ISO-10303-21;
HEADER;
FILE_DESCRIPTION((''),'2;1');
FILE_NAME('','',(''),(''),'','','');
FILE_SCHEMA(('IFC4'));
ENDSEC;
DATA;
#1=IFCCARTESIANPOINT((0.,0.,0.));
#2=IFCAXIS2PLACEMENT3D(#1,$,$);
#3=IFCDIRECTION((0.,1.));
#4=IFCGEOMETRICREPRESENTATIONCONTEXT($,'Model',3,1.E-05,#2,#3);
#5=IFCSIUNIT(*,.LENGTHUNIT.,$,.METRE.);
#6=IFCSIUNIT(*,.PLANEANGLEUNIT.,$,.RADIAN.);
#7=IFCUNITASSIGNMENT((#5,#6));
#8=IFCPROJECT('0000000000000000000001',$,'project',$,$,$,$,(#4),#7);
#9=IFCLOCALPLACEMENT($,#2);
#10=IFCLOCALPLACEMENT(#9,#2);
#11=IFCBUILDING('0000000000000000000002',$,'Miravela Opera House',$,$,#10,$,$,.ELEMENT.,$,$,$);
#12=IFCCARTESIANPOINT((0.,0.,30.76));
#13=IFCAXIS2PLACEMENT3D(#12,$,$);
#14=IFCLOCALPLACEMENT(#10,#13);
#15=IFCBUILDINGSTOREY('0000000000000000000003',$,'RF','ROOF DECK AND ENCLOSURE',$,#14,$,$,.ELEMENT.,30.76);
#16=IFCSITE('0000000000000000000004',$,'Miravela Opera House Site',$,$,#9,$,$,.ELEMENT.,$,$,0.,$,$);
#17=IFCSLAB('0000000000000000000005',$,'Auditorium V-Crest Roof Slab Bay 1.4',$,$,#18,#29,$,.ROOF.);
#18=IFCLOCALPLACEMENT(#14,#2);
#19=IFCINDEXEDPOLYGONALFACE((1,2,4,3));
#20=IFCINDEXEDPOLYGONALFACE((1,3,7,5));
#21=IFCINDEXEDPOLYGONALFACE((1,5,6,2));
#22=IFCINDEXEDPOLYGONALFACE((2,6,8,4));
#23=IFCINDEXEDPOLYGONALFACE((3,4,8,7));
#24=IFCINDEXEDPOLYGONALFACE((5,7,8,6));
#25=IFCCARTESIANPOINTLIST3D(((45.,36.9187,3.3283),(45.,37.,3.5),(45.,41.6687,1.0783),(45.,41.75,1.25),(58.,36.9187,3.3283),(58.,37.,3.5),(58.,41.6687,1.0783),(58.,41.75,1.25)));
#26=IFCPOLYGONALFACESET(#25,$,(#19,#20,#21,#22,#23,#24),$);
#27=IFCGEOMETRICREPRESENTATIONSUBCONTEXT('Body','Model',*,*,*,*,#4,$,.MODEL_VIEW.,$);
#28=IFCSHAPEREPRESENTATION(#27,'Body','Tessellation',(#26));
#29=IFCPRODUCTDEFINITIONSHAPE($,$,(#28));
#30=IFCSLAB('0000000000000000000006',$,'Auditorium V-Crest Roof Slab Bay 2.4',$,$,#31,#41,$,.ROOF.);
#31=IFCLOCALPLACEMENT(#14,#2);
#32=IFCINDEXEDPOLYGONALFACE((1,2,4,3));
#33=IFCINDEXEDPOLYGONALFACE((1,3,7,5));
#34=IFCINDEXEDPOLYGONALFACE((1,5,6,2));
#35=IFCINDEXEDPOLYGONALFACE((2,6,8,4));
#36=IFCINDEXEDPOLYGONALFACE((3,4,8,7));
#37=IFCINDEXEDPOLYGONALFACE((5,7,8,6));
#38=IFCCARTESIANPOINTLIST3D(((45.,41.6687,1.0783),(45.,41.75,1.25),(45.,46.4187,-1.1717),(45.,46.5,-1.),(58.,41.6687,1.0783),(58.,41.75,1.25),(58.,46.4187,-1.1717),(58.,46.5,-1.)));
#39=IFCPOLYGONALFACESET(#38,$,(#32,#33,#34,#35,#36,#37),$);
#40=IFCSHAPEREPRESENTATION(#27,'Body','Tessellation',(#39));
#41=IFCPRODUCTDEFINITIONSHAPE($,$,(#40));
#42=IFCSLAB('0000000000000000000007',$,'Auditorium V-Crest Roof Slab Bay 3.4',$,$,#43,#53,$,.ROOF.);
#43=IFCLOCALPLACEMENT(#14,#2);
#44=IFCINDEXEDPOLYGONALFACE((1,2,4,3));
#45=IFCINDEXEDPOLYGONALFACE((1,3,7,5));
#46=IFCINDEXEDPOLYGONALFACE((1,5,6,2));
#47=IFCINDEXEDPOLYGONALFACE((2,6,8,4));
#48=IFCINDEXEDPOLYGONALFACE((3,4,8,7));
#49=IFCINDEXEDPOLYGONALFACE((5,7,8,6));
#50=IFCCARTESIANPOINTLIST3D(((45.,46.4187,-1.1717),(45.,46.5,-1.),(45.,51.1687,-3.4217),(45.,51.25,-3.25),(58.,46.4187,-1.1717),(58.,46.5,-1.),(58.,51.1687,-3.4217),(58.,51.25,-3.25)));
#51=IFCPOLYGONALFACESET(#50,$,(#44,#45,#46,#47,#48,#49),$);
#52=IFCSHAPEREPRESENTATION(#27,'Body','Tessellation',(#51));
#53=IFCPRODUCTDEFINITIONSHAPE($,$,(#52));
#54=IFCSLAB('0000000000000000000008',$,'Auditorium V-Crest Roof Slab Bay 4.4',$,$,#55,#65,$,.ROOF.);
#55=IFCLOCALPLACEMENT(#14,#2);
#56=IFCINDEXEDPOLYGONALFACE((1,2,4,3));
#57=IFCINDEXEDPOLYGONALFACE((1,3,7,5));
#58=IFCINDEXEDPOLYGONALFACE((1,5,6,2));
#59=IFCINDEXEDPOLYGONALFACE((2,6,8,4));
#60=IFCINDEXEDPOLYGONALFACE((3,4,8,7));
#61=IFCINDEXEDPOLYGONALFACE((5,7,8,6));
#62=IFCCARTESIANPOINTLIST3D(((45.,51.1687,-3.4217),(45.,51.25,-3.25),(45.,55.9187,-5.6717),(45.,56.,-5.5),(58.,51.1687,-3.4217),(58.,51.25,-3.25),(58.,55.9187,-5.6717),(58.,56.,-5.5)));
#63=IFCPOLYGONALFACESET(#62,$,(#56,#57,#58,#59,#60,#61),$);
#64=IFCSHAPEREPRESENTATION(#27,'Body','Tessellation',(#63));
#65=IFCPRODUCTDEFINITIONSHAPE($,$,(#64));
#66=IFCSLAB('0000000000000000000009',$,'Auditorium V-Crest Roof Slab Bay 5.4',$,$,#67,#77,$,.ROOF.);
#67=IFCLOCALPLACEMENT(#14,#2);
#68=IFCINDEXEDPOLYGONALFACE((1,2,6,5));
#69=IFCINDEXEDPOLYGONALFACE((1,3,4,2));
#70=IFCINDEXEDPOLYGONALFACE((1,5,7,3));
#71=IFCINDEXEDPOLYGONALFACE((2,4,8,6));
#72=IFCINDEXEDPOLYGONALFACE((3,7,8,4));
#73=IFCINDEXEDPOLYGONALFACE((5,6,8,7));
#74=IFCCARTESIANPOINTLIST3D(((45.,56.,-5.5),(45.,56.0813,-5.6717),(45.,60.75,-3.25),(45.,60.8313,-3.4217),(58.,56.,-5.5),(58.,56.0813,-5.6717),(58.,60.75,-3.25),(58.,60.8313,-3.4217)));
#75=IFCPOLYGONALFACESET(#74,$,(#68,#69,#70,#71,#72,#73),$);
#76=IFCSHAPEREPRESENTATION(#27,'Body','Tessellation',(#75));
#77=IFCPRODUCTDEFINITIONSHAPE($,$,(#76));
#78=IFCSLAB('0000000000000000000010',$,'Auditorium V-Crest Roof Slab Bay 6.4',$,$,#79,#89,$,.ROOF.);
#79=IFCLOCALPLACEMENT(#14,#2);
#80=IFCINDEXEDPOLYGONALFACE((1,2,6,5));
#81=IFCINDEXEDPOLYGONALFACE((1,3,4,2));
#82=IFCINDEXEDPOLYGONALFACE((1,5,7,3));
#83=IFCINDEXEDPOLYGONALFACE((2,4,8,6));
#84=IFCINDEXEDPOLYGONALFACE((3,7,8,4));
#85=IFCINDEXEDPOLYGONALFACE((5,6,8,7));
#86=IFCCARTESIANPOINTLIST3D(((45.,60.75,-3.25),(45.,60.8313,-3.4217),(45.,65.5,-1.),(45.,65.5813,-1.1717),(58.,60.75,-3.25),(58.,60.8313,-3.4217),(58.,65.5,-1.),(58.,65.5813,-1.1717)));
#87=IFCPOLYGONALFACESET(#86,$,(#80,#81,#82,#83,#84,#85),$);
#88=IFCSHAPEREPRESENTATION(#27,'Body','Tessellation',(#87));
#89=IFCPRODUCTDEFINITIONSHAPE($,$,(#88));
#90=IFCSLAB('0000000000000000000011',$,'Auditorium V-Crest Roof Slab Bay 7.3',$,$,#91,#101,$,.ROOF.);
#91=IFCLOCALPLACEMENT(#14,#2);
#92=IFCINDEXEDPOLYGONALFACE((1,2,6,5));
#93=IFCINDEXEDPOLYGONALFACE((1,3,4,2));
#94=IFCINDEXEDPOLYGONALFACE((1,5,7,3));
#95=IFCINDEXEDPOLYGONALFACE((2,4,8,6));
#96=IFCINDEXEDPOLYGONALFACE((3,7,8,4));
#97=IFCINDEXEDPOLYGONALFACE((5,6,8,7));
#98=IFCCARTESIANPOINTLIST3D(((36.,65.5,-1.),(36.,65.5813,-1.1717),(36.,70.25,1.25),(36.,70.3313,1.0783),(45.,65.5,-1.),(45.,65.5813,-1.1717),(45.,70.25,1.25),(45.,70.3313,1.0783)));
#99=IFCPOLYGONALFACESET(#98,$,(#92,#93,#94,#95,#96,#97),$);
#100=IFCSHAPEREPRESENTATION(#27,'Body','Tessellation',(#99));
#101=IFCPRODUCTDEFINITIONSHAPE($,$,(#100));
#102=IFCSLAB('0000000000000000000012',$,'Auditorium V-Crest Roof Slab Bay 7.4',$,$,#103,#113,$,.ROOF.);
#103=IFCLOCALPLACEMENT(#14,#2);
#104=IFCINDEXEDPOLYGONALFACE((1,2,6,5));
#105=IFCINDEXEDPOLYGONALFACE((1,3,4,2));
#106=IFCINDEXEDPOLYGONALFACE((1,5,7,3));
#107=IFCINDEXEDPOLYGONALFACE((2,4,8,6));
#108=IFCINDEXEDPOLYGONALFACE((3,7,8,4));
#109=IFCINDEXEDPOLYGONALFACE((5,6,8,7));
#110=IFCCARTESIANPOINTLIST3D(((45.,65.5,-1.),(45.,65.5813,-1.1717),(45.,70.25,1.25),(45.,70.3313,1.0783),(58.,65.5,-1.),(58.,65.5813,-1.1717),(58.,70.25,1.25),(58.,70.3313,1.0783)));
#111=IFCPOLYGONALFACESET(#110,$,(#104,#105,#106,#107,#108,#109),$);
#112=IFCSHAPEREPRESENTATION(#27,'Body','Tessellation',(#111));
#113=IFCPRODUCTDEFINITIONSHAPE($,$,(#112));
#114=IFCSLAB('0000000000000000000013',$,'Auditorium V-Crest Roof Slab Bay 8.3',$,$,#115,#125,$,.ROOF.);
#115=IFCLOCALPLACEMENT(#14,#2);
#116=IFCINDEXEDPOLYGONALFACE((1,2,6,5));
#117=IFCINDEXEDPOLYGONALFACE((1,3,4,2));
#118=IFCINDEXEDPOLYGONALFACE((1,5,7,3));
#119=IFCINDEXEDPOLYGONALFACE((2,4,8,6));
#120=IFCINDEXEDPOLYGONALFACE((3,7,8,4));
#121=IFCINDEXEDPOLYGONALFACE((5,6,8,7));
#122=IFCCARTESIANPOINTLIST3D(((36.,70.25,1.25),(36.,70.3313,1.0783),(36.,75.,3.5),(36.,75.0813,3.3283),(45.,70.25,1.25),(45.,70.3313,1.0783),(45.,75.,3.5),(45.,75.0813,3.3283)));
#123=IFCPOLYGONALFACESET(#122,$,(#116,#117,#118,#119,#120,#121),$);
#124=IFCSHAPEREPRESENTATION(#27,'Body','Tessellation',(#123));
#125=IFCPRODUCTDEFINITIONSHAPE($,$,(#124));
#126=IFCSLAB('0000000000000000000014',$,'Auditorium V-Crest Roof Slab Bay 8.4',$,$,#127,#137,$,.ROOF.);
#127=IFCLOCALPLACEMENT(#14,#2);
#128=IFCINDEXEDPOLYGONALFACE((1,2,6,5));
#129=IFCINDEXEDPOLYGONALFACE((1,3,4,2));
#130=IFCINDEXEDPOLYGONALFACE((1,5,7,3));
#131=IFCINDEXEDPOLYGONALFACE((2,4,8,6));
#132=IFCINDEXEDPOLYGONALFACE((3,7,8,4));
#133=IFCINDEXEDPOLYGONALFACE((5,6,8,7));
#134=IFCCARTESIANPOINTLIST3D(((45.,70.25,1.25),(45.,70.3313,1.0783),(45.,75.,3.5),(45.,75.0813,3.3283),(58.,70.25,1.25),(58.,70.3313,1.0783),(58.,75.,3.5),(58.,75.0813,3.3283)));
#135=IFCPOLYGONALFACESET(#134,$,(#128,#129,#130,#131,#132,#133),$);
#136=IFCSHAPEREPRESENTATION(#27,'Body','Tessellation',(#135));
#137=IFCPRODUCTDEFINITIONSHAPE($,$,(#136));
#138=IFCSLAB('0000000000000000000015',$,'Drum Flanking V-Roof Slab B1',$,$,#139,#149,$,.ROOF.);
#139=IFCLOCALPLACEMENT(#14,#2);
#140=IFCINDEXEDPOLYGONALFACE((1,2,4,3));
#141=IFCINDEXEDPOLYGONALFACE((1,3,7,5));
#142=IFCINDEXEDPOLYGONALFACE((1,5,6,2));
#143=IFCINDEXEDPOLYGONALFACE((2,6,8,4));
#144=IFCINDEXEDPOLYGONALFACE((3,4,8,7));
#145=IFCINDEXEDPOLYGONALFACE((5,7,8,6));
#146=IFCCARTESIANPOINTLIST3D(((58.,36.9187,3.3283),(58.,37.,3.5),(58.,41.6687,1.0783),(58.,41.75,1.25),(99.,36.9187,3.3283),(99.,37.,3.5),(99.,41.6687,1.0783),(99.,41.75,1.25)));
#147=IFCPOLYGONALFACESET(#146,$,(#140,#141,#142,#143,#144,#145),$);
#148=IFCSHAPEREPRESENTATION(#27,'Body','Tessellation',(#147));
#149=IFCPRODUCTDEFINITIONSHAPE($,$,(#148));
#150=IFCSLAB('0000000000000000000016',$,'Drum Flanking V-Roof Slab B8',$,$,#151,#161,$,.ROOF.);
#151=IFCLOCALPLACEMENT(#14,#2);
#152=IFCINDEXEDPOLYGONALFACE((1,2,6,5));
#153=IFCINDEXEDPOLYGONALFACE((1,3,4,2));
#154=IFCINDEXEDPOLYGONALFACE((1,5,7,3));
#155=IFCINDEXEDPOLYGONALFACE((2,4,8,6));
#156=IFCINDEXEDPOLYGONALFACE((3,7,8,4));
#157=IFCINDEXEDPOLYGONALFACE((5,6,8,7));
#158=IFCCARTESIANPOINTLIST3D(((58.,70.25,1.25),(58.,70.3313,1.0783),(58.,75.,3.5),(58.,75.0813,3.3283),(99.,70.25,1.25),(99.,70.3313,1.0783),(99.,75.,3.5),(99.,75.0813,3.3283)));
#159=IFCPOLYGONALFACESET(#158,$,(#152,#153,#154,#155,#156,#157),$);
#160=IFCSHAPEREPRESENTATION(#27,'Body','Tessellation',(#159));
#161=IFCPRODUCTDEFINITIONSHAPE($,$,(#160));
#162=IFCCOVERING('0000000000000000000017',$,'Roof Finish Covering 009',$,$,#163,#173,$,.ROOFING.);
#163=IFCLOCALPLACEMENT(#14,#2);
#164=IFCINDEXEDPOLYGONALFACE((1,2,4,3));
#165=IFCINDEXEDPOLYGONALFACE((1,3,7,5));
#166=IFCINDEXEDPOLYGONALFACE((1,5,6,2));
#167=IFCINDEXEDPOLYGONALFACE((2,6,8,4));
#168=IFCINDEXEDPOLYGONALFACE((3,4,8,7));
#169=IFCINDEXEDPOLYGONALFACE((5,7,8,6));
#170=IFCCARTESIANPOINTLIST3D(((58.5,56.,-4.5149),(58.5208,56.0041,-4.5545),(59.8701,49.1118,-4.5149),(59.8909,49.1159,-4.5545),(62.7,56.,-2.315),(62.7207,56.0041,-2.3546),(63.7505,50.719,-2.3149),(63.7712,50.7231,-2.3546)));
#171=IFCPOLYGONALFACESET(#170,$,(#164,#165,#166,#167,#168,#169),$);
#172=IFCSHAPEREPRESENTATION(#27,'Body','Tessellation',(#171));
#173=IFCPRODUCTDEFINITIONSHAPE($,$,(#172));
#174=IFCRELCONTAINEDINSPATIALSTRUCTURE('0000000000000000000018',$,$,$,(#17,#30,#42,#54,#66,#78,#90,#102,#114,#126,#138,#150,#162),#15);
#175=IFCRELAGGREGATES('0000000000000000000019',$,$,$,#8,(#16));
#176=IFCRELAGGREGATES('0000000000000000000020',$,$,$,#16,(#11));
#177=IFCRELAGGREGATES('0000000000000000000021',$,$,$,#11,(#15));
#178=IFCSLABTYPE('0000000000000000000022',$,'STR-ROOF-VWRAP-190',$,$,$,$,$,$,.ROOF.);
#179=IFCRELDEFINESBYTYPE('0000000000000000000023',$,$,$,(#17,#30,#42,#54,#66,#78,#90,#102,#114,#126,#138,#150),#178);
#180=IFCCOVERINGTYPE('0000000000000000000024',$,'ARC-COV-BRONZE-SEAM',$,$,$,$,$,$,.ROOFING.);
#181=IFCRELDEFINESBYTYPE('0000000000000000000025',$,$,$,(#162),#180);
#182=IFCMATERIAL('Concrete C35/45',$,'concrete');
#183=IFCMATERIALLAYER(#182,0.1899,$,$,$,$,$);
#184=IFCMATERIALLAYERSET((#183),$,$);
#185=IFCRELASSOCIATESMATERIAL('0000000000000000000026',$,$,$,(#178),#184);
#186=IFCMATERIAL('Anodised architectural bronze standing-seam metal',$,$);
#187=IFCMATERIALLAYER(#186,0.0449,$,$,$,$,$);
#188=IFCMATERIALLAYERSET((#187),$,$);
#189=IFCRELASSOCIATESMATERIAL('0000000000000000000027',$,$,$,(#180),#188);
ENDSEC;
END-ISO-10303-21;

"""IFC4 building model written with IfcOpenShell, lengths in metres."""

from ifc_helpers import new_model, si_unit, direction, frame, origin, place, context, subcontext, project, spatial, polyline, outline, extrude, material, layer, layer_set, type_object, element, save


model = new_model("IFC4")

# Units and contexts
model_context = context("Model", 3, precision=1e-05, world=origin(), true_north=direction((0.0, 1.0)))
body_context = subcontext(model_context, "Body", "Model", "MODEL_VIEW")
ifc_project = project(units=[si_unit("LENGTHUNIT", "METRE"), si_unit("PLANEANGLEUNIT", "RADIAN")], contexts=[model_context])

# Site, building, storey
site_placement = place(None, origin())
site = spatial("IfcSite", under=ifc_project, at=site_placement, Name="Miravela Opera House Site", CompositionType="ELEMENT", RefElevation=0.0)
building_placement = place(site_placement, origin())
building = spatial("IfcBuilding", under=site, at=building_placement, Name="Miravela Opera House", CompositionType="ELEMENT")
storey_placement = place(building_placement, frame((0.0, 0.0, 30.76)))
storey = spatial("IfcBuildingStorey", under=building, at=storey_placement, Name="RF", Description="ROOF DECK AND ENCLOSURE", CompositionType="ELEMENT", Elevation=30.76)

# Shared definitions
ifc_material_1 = material(Name="Concrete C35/45", Category="concrete")

# Slabs
ifc_layer_1 = layer(ifc_material_1, 0.1899)
ifc_layer_set_1 = layer_set([ifc_layer_1])
slab_type_1 = type_object("IfcSlabType", Name="STR-ROOF-VWRAP-190", PredefinedType="ROOF", material=ifc_layer_set_1)
for number, where, z_axis, x_axis, name in (
    (1, (45.0, 37.0, 3.5), (0.0, 0.428086, 0.903738), (1.0, 0.0, 0.0), "Auditorium V-Crest Roof Slab Bay 1.4"),
    (2, (45.0, 41.75, 1.25), (0.0, 0.428086, 0.903738), (1.0, 0.0, 0.0), "Auditorium V-Crest Roof Slab Bay 2.4"),
    (3, (45.0, 46.5, -1.0), (0.0, 0.428086, 0.903738), (1.0, 0.0, 0.0), "Auditorium V-Crest Roof Slab Bay 3.4"),
    (4, (45.0, 51.25, -3.25), (0.0, 0.428086, 0.903738), (1.0, 0.0, 0.0), "Auditorium V-Crest Roof Slab Bay 4.4"),
    (5, (45.0, 56.0, -5.5), (0.0, -0.428086, 0.903738), (1.0, 0.0, 0.0), "Auditorium V-Crest Roof Slab Bay 5.4"),
    (6, (45.0, 60.75, -3.25), (0.0, -0.428086, 0.903738), (1.0, 0.0, 0.0), "Auditorium V-Crest Roof Slab Bay 6.4"),
):
    element("IfcSlab", number, at=place(storey_placement, frame(where, z_axis=z_axis, x_axis=x_axis)), inside=storey, type_object=slab_type_1, Name=name, PredefinedType="ROOF", context=body_context, shape_type="SweptSolid", body=[
        extrude(outline(polyline([(0.0, 0.0), (13.0, 0.0), (13.0, 5.2559), (0.0, 5.2559), (0.0, 0.0)])), origin(), (0.0, 0.0, -1.0), 0.1899),
    ])
slab_1_placement = place(storey_placement, frame((36.0, 65.5, -1.0), z_axis=(0.0, -0.428086, 0.903738), x_axis=(1.0, 0.0, 0.0)))
element("IfcSlab", 7, at=slab_1_placement, inside=storey, type_object=slab_type_1, Name="Auditorium V-Crest Roof Slab Bay 7.3", PredefinedType="ROOF", context=body_context, shape_type="SweptSolid", body=[
    extrude(outline(polyline([(0.0, 0.0), (9.0, 0.0), (9.0, 5.2559), (0.0, 5.2559), (0.0, 0.0)])), origin(), (0.0, 0.0, -1.0), 0.1899),
])
slab_2_placement = place(storey_placement, frame((45.0, 65.5, -1.0), z_axis=(0.0, -0.428086, 0.903738), x_axis=(1.0, 0.0, 0.0)))
element("IfcSlab", 8, at=slab_2_placement, inside=storey, type_object=slab_type_1, Name="Auditorium V-Crest Roof Slab Bay 7.4", PredefinedType="ROOF", context=body_context, shape_type="SweptSolid", body=[
    extrude(outline(polyline([(0.0, 0.0), (13.0, 0.0), (13.0, 5.2559), (0.0, 5.2559), (0.0, 0.0)])), origin(), (0.0, 0.0, -1.0), 0.1899),
])
slab_3_placement = place(storey_placement, frame((36.0, 70.25, 1.25), z_axis=(0.0, -0.428086, 0.903738), x_axis=(1.0, 0.0, 0.0)))
element("IfcSlab", 9, at=slab_3_placement, inside=storey, type_object=slab_type_1, Name="Auditorium V-Crest Roof Slab Bay 8.3", PredefinedType="ROOF", context=body_context, shape_type="SweptSolid", body=[
    extrude(outline(polyline([(0.0, 0.0), (9.0, 0.0), (9.0, 5.2559), (0.0, 5.2559), (0.0, 0.0)])), origin(), (0.0, 0.0, -1.0), 0.1899),
])
slab_4_placement = place(storey_placement, frame((45.0, 70.25, 1.25), z_axis=(0.0, -0.428086, 0.903738), x_axis=(1.0, 0.0, 0.0)))
element("IfcSlab", 10, at=slab_4_placement, inside=storey, type_object=slab_type_1, Name="Auditorium V-Crest Roof Slab Bay 8.4", PredefinedType="ROOF", context=body_context, shape_type="SweptSolid", body=[
    extrude(outline(polyline([(0.0, 0.0), (13.0, 0.0), (13.0, 5.2559), (0.0, 5.2559), (0.0, 0.0)])), origin(), (0.0, 0.0, -1.0), 0.1899),
])
for number, where, z_axis, x_axis, name in (
    (11, (58.0, 37.0, 3.5), (0.0, 0.428086, 0.903738), (1.0, 0.0, 0.0), "Drum Flanking V-Roof Slab B1"),
    (12, (58.0, 70.25, 1.25), (0.0, -0.428086, 0.903738), (1.0, 0.0, 0.0), "Drum Flanking V-Roof Slab B8"),
):
    element("IfcSlab", number, at=place(storey_placement, frame(where, z_axis=z_axis, x_axis=x_axis)), inside=storey, type_object=slab_type_1, Name=name, PredefinedType="ROOF", context=body_context, shape_type="SweptSolid", body=[
        extrude(outline(polyline([(0.0, 0.0), (41.0, 0.0), (41.0, 5.2559), (0.0, 5.2559), (0.0, 0.0)])), origin(), (0.0, 0.0, -1.0), 0.1899),
    ])

# Covering
ifc_material_2 = material(Name="Anodised architectural bronze standing-seam metal")
ifc_layer_2 = layer(ifc_material_2, 0.0449)
ifc_layer_set_2 = layer_set([ifc_layer_2])
covering_type = type_object("IfcCoveringType", Name="ARC-COV-BRONZE-SEAM", PredefinedType="ROOFING", material=ifc_layer_set_2)
covering_placement = place(storey_placement, frame((58.5, 56.0, -4.5149), z_axis=(-0.462034, -0.091906, 0.882087), x_axis=(0.195088, -0.980786, -0.000003)))
element("IfcCovering", 13, at=covering_placement, inside=storey, type_object=covering_type, Name="Roof Finish Covering 009", PredefinedType="ROOFING", context=body_context, shape_type="SweptSolid", body=[
    extrude(outline(polyline([(0.0, 0.0), (7.0231, 0.0), (6.2038, 4.67), (0.8194, 4.6699), (0.0, 0.0)])), origin(), (0.0, 0.0, -1.0), 0.0449),
])

save(model, "model.ifc")
